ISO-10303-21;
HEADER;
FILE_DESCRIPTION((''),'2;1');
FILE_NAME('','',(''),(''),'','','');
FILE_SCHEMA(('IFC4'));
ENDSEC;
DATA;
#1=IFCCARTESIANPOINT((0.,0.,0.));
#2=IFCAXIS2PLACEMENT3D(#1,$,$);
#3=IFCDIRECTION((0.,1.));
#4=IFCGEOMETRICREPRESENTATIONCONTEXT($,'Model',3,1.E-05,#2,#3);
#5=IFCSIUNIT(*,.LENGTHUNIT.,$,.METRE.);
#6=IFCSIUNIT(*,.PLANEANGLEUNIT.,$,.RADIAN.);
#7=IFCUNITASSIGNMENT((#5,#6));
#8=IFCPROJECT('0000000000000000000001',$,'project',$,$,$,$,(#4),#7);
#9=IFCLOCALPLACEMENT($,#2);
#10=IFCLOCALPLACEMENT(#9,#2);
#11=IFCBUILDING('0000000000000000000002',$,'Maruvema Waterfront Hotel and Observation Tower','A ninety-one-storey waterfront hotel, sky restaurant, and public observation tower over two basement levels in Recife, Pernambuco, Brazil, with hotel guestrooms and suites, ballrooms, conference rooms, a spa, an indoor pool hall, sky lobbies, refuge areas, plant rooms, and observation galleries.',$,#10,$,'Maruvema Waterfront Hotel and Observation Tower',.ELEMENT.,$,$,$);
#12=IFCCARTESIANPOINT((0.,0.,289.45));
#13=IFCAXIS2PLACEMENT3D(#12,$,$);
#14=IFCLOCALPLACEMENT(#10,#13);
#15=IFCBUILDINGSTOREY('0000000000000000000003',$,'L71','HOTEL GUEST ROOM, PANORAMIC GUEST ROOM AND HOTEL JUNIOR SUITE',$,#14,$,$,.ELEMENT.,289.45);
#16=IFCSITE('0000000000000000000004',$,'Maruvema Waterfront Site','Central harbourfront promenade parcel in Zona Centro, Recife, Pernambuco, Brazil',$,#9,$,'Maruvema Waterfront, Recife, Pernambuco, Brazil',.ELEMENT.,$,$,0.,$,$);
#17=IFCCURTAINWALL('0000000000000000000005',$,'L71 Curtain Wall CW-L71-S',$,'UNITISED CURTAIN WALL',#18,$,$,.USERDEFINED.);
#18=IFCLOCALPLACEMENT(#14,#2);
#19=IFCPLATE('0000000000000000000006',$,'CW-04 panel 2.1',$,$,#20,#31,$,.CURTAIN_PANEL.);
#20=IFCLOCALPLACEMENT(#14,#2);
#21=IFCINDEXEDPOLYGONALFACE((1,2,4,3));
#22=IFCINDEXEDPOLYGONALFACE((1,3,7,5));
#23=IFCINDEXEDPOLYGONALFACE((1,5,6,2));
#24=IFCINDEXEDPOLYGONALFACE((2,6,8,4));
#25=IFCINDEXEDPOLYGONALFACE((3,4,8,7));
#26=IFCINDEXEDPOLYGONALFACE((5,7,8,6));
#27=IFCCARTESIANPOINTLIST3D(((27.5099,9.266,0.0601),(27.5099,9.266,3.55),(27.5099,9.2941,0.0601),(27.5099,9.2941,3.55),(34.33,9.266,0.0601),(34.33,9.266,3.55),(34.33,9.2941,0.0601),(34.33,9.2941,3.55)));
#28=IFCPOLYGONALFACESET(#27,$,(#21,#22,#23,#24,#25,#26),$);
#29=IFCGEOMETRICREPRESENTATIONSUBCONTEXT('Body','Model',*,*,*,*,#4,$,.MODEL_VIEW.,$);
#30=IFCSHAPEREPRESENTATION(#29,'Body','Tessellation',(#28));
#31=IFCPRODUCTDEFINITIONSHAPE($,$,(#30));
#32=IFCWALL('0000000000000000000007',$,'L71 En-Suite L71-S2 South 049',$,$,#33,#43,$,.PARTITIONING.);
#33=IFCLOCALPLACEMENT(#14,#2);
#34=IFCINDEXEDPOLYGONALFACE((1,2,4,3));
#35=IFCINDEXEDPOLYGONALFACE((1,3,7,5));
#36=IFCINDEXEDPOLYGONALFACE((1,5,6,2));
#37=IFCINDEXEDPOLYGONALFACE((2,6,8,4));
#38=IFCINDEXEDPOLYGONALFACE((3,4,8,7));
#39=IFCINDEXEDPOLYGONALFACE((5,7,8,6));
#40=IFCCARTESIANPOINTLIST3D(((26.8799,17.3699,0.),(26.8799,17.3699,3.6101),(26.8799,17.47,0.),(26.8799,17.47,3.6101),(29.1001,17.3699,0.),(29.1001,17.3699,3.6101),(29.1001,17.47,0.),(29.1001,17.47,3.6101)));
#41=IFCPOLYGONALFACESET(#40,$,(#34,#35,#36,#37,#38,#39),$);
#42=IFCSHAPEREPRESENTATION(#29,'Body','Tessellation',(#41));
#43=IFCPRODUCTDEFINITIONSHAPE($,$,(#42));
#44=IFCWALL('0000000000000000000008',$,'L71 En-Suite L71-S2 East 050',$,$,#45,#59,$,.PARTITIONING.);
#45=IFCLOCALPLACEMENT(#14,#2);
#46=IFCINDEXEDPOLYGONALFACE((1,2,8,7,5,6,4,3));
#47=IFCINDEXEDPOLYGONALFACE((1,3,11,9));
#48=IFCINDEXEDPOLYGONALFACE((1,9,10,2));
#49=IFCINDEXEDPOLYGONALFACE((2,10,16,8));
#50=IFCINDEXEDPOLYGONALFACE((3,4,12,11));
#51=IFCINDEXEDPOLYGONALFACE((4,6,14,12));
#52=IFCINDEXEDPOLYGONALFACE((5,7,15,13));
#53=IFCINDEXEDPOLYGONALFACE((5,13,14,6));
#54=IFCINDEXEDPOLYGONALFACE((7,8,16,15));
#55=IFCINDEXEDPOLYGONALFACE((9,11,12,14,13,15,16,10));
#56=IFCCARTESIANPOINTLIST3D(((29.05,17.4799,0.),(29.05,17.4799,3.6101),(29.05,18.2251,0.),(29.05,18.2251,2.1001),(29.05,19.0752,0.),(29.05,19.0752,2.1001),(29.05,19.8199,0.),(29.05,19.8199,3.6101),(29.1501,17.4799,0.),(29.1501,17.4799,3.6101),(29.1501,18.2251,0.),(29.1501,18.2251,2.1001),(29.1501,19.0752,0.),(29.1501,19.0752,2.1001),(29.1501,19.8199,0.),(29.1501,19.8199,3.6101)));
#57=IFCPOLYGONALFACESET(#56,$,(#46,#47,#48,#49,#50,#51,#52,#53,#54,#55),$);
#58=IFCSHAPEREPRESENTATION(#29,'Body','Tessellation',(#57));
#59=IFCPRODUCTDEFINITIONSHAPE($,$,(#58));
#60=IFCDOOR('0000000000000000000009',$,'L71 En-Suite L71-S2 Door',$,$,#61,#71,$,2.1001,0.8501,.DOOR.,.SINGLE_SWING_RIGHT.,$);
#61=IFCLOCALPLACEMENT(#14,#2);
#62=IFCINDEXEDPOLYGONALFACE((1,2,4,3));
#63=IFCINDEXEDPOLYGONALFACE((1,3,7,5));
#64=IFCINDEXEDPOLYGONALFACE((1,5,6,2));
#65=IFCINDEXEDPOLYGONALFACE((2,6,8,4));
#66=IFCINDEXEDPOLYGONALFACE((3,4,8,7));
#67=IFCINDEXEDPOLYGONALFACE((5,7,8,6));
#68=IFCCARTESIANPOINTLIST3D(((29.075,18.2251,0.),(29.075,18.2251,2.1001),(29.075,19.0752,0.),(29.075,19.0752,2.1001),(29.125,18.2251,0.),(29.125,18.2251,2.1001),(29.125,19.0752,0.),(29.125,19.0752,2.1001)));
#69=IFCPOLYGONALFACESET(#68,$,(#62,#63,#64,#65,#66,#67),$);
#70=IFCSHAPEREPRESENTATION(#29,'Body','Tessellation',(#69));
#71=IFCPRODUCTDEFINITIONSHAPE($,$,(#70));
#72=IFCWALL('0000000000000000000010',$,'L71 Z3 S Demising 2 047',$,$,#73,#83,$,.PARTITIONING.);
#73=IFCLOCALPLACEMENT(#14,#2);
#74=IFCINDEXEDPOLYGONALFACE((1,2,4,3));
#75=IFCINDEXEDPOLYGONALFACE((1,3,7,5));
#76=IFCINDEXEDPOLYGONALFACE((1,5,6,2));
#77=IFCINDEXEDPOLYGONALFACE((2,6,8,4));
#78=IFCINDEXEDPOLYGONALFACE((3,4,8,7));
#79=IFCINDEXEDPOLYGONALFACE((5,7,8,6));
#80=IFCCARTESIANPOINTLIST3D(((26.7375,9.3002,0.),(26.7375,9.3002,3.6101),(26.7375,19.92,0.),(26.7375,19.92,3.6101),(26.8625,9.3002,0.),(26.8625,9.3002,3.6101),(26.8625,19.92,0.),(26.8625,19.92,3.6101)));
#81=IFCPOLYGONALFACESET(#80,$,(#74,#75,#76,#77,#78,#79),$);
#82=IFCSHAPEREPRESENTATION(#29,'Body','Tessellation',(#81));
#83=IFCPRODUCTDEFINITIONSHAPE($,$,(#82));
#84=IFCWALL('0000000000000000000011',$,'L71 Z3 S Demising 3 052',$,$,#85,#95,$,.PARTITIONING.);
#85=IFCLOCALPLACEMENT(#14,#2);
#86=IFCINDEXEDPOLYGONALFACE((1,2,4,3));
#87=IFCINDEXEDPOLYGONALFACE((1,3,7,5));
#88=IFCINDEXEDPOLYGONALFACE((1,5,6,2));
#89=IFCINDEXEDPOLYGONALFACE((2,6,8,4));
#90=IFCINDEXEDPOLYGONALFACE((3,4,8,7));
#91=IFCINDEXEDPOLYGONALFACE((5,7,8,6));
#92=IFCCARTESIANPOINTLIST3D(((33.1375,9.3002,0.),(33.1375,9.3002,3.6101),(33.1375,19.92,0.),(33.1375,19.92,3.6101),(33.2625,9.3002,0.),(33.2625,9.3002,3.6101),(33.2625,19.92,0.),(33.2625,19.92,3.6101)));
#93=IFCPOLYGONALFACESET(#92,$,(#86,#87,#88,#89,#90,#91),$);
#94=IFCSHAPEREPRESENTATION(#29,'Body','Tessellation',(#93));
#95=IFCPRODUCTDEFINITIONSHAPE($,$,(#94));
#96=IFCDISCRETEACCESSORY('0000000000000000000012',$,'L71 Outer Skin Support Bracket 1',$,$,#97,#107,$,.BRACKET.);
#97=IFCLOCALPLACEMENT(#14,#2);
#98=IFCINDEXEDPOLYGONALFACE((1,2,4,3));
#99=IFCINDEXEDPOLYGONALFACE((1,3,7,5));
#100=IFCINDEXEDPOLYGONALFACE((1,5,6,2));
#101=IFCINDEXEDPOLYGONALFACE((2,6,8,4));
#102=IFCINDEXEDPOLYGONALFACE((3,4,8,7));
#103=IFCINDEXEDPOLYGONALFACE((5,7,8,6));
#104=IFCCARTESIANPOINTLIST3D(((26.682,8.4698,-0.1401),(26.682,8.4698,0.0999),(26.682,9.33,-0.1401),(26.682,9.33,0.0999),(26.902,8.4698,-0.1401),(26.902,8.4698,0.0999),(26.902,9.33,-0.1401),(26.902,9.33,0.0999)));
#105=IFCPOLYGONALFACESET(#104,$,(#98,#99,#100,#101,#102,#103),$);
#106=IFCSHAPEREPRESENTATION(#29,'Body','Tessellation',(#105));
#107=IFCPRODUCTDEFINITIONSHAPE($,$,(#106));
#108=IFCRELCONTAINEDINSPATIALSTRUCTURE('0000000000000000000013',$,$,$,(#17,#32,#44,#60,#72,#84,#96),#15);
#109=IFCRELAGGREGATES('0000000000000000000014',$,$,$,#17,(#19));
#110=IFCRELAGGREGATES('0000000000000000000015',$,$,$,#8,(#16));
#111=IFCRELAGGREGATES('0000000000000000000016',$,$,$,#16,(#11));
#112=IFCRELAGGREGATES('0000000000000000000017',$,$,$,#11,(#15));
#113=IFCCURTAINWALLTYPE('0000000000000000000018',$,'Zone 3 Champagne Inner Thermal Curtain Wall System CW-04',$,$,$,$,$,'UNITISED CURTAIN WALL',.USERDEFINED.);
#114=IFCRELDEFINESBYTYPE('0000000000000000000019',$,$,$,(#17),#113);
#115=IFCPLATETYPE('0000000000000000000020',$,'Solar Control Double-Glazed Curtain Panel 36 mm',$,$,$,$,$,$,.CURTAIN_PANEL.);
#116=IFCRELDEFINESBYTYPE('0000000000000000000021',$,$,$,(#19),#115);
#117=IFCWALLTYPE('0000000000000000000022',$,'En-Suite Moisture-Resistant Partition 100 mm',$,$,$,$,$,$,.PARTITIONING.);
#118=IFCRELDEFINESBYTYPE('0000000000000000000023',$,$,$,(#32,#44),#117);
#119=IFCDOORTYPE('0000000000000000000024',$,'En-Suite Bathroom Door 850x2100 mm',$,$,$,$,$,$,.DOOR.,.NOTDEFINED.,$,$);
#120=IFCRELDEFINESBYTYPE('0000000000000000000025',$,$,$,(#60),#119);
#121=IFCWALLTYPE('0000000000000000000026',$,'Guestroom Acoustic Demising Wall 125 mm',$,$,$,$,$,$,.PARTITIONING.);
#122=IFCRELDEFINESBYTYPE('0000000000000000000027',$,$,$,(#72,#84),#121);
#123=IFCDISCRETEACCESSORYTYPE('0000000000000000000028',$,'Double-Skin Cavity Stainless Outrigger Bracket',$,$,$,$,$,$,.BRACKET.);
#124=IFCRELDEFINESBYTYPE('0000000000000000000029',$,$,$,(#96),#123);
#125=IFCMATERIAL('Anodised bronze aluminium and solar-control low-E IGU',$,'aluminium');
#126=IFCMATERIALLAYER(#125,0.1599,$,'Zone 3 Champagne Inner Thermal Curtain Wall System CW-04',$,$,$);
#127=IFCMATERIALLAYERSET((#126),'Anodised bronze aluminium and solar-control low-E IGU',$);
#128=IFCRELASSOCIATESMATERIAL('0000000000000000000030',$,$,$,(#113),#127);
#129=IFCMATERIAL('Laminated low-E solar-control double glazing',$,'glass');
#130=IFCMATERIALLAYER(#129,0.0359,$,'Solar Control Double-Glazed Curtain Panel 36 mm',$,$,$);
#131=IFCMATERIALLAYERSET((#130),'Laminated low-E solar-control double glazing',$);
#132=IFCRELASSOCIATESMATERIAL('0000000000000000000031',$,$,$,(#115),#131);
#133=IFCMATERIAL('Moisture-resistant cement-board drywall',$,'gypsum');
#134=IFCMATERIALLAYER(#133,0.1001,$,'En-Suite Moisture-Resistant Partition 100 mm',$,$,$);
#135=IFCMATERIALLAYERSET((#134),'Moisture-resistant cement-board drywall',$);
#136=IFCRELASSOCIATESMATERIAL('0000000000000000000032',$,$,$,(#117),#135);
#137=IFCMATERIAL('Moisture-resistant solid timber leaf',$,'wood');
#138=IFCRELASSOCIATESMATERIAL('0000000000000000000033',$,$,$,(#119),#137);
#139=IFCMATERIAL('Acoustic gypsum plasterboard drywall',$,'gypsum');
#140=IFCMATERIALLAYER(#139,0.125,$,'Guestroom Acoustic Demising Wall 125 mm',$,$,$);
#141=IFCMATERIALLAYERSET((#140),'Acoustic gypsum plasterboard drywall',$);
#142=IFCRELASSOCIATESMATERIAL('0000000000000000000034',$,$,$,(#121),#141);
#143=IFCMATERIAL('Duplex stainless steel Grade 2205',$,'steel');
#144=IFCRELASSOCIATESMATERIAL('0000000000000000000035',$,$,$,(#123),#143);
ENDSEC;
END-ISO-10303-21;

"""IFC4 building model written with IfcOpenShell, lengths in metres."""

from ifc_helpers import new_model, si_unit, direction, frame, frame_2d, origin, origin_2d, place, context, subcontext, project, spatial, rectangle, extrude, material, layer, layer_set, type_object, element, fill, aggregate, save


model = new_model("IFC4")

# Units and contexts
model_context = context("Model", 3, precision=1e-05, world=origin(), true_north=direction((0.0, 1.0)))
body_context = subcontext(model_context, "Body", "Model", "MODEL_VIEW")
ifc_project = project(units=[si_unit("LENGTHUNIT", "METRE"), si_unit("PLANEANGLEUNIT", "RADIAN")], contexts=[model_context])

# Site, building, storey
site_placement = place(None, origin())
site = spatial("IfcSite", under=ifc_project, at=site_placement, Name="Maruvema Waterfront Site", Description="Central harbourfront promenade parcel in Zona Centro, Recife, Pernambuco, Brazil", LongName="Maruvema Waterfront, Recife, Pernambuco, Brazil", CompositionType="ELEMENT", RefElevation=0.0)
building_placement = place(site_placement, origin())
building = spatial("IfcBuilding", under=site, at=building_placement, Name="Maruvema Waterfront Hotel and Observation Tower", Description="A ninety-one-storey waterfront hotel, sky restaurant, and public observation tower over two basement levels in Recife, Pernambuco, Brazil, with hotel guestrooms and suites, ballrooms, conference rooms, a spa, an indoor pool hall, sky lobbies, refuge areas, plant rooms, and observation galleries.", LongName="Maruvema Waterfront Hotel and Observation Tower", CompositionType="ELEMENT")
storey_placement = place(building_placement, frame((0.0, 0.0, 289.45)))
storey = spatial("IfcBuildingStorey", under=building, at=storey_placement, Name="L71", Description="HOTEL GUEST ROOM, PANORAMIC GUEST ROOM AND HOTEL JUNIOR SUITE", CompositionType="ELEMENT", Elevation=289.45)

# Curtain wall
ifc_material_1 = material(Name="Anodised bronze aluminium and solar-control low-E IGU", Category="aluminium")
ifc_layer_1 = layer(ifc_material_1, 0.1599, Name="Zone 3 Champagne Inner Thermal Curtain Wall System CW-04")
ifc_layer_set_1 = layer_set([ifc_layer_1], Name="Anodised bronze aluminium and solar-control low-E IGU")
curtain_wall_type = type_object("IfcCurtainWallType", Name="Zone 3 Champagne Inner Thermal Curtain Wall System CW-04", ElementType="UNITISED CURTAIN WALL", PredefinedType="USERDEFINED", material=ifc_layer_set_1)
curtain_wall_placement = place(storey_placement, origin())
curtain_wall = element("IfcCurtainWall", 1, at=curtain_wall_placement, inside=storey, type_object=curtain_wall_type, Name="L71 Curtain Wall CW-L71-S", ObjectType="UNITISED CURTAIN WALL", PredefinedType="USERDEFINED")

# Plate
ifc_material_2 = material(Name="Laminated low-E solar-control double glazing", Category="glass")
ifc_layer_2 = layer(ifc_material_2, 0.0359, Name="Solar Control Double-Glazed Curtain Panel 36 mm")
ifc_layer_set_2 = layer_set([ifc_layer_2], Name="Laminated low-E solar-control double glazing")
plate_type = type_object("IfcPlateType", Name="Solar Control Double-Glazed Curtain Panel 36 mm", PredefinedType="CURTAIN_PANEL", material=ifc_layer_set_2)
plate_placement = place(storey_placement, frame((30.9199, 9.28, 0.0601), z_axis=(0.0, 0.0, 1.0), x_axis=(1.0, 0.0, 0.0)))
plate = element("IfcPlate", 2, at=plate_placement, type_object=plate_type, Name="CW-04 panel 2.1", PredefinedType="CURTAIN_PANEL", context=body_context, shape_type="SweptSolid", body=[
    extrude(rectangle(XDim=6.8201, YDim=0.0281, at=origin_2d()), origin(), (0.0, 0.0, 1.0), 3.49),
])
aggregate(curtain_wall, [plate])

# Wall
ifc_material_3 = material(Name="Moisture-resistant cement-board drywall", Category="gypsum")
ifc_layer_3 = layer(ifc_material_3, 0.1001, Name="En-Suite Moisture-Resistant Partition 100 mm")
ifc_layer_set_3 = layer_set([ifc_layer_3], Name="Moisture-resistant cement-board drywall")
wall_type_1 = type_object("IfcWallType", Name="En-Suite Moisture-Resistant Partition 100 mm", PredefinedType="PARTITIONING", material=ifc_layer_set_3)
wall_1_placement = place(storey_placement, frame((26.8799, 17.4199, 0.0), z_axis=(0.0, 0.0, 1.0), x_axis=(1.0, 0.0, 0.0)))
element("IfcWall", 3, at=wall_1_placement, inside=storey, type_object=wall_type_1, Name="L71 En-Suite L71-S2 South 049", PredefinedType="PARTITIONING", context=body_context, shape_type="SweptSolid", body=[
    extrude(rectangle(XDim=2.2202, YDim=0.1001, at=frame_2d((1.1101, 0.0))), origin(), (0.0, 0.0, 1.0), 3.6101),
])

# Wall, opening, door
wall_2_placement = place(storey_placement, frame((29.1001, 17.48, 0.0), z_axis=(0.0, 0.0, 1.0), x_axis=(0.0, 1.0, 0.0)))
wall_2 = element("IfcWall", 4, at=wall_2_placement, inside=storey, type_object=wall_type_1, Name="L71 En-Suite L71-S2 East 050", PredefinedType="PARTITIONING", context=body_context, shape_type="SweptSolid", body=[
    extrude(rectangle(XDim=2.3401, YDim=0.1001, at=frame_2d((1.1699, 0.0))), origin(), (0.0, 0.0, 1.0), 3.6101),
])
opening_placement = place(wall_2_placement, frame((0.7451, 0.0, 0.0)))
opening = element("IfcOpeningElement", 5, at=opening_placement, cuts=wall_2, PredefinedType="OPENING", context=body_context, shape_type="SweptSolid", body=[
    extrude(rectangle(XDim=0.8501, YDim=2.1001, at=frame_2d((0.425, 1.05))), frame((0.0, 0.0601, 0.0), z_axis=(0.0, -1.0, 0.0), x_axis=(1.0, 0.0, 0.0)), (0.0, 0.0, 1.0), 0.1201),
])
ifc_material_4 = material(Name="Moisture-resistant solid timber leaf", Category="wood")
door_type = type_object("IfcDoorType", Name="En-Suite Bathroom Door 850x2100 mm", OperationType="NOTDEFINED", PredefinedType="DOOR", material=ifc_material_4)
door_placement = place(opening_placement, frame((0.8501, 0.0, 0.0), z_axis=(0.0, 0.0, 1.0), x_axis=(-1.0, 0.0, 0.0)))
door = element("IfcDoor", 6, at=door_placement, inside=storey, type_object=door_type, Name="L71 En-Suite L71-S2 Door", OperationType="SINGLE_SWING_RIGHT", OverallHeight=2.1001, OverallWidth=0.8501, PredefinedType="DOOR", context=body_context, shape_type="SweptSolid", body=[
    extrude(rectangle(XDim=0.8501, YDim=2.1001, at=frame_2d((0.425, 1.05))), frame((0.0, 0.0249, 0.0), z_axis=(0.0, -1.0, 0.0), x_axis=(1.0, 0.0, 0.0)), (0.0, 0.0, 1.0), 0.05),
])
fill(opening, door)

# Walls
ifc_material_5 = material(Name="Acoustic gypsum plasterboard drywall", Category="gypsum")
ifc_layer_4 = layer(ifc_material_5, 0.125, Name="Guestroom Acoustic Demising Wall 125 mm")
ifc_layer_set_4 = layer_set([ifc_layer_4], Name="Acoustic gypsum plasterboard drywall")
wall_type_2 = type_object("IfcWallType", Name="Guestroom Acoustic Demising Wall 125 mm", PredefinedType="PARTITIONING", material=ifc_layer_set_4)
for number, where, z_axis, x_axis, name in (
    (7, (26.8, 9.3, 0.0), (0.0, 0.0, 1.0), (0.0, 1.0, 0.0), "L71 Z3 S Demising 2 047"),
    (8, (33.2, 9.3, 0.0), (0.0, 0.0, 1.0), (0.0, 1.0, 0.0), "L71 Z3 S Demising 3 052"),
):
    element("IfcWall", number, at=place(storey_placement, frame(where, z_axis=z_axis, x_axis=x_axis)), inside=storey, type_object=wall_type_2, Name=name, PredefinedType="PARTITIONING", context=body_context, shape_type="SweptSolid", body=[
        extrude(rectangle(XDim=10.6199, YDim=0.125, at=frame_2d((5.3101, 0.0))), origin(), (0.0, 0.0, 1.0), 3.6101),
    ])

# Discrete accessory
ifc_material_6 = material(Name="Duplex stainless steel Grade 2205", Category="steel")
discrete_accessory_type = type_object("IfcDiscreteAccessoryType", Name="Double-Skin Cavity Stainless Outrigger Bracket", PredefinedType="BRACKET", material=ifc_material_6)
discrete_accessory_placement = place(storey_placement, frame((26.792, 8.8999, -0.1401), z_axis=(0.0, 0.0, 1.0), x_axis=(1.0, 0.0, 0.0)))
element("IfcDiscreteAccessory", 9, at=discrete_accessory_placement, inside=storey, type_object=discrete_accessory_type, Name="L71 Outer Skin Support Bracket 1", PredefinedType="BRACKET", context=body_context, shape_type="SweptSolid", body=[
    extrude(rectangle(XDim=0.22, YDim=0.8601, at=origin_2d()), origin(), (0.0, 0.0, 1.0), 0.24),
])

save(model, "model.ifc")
